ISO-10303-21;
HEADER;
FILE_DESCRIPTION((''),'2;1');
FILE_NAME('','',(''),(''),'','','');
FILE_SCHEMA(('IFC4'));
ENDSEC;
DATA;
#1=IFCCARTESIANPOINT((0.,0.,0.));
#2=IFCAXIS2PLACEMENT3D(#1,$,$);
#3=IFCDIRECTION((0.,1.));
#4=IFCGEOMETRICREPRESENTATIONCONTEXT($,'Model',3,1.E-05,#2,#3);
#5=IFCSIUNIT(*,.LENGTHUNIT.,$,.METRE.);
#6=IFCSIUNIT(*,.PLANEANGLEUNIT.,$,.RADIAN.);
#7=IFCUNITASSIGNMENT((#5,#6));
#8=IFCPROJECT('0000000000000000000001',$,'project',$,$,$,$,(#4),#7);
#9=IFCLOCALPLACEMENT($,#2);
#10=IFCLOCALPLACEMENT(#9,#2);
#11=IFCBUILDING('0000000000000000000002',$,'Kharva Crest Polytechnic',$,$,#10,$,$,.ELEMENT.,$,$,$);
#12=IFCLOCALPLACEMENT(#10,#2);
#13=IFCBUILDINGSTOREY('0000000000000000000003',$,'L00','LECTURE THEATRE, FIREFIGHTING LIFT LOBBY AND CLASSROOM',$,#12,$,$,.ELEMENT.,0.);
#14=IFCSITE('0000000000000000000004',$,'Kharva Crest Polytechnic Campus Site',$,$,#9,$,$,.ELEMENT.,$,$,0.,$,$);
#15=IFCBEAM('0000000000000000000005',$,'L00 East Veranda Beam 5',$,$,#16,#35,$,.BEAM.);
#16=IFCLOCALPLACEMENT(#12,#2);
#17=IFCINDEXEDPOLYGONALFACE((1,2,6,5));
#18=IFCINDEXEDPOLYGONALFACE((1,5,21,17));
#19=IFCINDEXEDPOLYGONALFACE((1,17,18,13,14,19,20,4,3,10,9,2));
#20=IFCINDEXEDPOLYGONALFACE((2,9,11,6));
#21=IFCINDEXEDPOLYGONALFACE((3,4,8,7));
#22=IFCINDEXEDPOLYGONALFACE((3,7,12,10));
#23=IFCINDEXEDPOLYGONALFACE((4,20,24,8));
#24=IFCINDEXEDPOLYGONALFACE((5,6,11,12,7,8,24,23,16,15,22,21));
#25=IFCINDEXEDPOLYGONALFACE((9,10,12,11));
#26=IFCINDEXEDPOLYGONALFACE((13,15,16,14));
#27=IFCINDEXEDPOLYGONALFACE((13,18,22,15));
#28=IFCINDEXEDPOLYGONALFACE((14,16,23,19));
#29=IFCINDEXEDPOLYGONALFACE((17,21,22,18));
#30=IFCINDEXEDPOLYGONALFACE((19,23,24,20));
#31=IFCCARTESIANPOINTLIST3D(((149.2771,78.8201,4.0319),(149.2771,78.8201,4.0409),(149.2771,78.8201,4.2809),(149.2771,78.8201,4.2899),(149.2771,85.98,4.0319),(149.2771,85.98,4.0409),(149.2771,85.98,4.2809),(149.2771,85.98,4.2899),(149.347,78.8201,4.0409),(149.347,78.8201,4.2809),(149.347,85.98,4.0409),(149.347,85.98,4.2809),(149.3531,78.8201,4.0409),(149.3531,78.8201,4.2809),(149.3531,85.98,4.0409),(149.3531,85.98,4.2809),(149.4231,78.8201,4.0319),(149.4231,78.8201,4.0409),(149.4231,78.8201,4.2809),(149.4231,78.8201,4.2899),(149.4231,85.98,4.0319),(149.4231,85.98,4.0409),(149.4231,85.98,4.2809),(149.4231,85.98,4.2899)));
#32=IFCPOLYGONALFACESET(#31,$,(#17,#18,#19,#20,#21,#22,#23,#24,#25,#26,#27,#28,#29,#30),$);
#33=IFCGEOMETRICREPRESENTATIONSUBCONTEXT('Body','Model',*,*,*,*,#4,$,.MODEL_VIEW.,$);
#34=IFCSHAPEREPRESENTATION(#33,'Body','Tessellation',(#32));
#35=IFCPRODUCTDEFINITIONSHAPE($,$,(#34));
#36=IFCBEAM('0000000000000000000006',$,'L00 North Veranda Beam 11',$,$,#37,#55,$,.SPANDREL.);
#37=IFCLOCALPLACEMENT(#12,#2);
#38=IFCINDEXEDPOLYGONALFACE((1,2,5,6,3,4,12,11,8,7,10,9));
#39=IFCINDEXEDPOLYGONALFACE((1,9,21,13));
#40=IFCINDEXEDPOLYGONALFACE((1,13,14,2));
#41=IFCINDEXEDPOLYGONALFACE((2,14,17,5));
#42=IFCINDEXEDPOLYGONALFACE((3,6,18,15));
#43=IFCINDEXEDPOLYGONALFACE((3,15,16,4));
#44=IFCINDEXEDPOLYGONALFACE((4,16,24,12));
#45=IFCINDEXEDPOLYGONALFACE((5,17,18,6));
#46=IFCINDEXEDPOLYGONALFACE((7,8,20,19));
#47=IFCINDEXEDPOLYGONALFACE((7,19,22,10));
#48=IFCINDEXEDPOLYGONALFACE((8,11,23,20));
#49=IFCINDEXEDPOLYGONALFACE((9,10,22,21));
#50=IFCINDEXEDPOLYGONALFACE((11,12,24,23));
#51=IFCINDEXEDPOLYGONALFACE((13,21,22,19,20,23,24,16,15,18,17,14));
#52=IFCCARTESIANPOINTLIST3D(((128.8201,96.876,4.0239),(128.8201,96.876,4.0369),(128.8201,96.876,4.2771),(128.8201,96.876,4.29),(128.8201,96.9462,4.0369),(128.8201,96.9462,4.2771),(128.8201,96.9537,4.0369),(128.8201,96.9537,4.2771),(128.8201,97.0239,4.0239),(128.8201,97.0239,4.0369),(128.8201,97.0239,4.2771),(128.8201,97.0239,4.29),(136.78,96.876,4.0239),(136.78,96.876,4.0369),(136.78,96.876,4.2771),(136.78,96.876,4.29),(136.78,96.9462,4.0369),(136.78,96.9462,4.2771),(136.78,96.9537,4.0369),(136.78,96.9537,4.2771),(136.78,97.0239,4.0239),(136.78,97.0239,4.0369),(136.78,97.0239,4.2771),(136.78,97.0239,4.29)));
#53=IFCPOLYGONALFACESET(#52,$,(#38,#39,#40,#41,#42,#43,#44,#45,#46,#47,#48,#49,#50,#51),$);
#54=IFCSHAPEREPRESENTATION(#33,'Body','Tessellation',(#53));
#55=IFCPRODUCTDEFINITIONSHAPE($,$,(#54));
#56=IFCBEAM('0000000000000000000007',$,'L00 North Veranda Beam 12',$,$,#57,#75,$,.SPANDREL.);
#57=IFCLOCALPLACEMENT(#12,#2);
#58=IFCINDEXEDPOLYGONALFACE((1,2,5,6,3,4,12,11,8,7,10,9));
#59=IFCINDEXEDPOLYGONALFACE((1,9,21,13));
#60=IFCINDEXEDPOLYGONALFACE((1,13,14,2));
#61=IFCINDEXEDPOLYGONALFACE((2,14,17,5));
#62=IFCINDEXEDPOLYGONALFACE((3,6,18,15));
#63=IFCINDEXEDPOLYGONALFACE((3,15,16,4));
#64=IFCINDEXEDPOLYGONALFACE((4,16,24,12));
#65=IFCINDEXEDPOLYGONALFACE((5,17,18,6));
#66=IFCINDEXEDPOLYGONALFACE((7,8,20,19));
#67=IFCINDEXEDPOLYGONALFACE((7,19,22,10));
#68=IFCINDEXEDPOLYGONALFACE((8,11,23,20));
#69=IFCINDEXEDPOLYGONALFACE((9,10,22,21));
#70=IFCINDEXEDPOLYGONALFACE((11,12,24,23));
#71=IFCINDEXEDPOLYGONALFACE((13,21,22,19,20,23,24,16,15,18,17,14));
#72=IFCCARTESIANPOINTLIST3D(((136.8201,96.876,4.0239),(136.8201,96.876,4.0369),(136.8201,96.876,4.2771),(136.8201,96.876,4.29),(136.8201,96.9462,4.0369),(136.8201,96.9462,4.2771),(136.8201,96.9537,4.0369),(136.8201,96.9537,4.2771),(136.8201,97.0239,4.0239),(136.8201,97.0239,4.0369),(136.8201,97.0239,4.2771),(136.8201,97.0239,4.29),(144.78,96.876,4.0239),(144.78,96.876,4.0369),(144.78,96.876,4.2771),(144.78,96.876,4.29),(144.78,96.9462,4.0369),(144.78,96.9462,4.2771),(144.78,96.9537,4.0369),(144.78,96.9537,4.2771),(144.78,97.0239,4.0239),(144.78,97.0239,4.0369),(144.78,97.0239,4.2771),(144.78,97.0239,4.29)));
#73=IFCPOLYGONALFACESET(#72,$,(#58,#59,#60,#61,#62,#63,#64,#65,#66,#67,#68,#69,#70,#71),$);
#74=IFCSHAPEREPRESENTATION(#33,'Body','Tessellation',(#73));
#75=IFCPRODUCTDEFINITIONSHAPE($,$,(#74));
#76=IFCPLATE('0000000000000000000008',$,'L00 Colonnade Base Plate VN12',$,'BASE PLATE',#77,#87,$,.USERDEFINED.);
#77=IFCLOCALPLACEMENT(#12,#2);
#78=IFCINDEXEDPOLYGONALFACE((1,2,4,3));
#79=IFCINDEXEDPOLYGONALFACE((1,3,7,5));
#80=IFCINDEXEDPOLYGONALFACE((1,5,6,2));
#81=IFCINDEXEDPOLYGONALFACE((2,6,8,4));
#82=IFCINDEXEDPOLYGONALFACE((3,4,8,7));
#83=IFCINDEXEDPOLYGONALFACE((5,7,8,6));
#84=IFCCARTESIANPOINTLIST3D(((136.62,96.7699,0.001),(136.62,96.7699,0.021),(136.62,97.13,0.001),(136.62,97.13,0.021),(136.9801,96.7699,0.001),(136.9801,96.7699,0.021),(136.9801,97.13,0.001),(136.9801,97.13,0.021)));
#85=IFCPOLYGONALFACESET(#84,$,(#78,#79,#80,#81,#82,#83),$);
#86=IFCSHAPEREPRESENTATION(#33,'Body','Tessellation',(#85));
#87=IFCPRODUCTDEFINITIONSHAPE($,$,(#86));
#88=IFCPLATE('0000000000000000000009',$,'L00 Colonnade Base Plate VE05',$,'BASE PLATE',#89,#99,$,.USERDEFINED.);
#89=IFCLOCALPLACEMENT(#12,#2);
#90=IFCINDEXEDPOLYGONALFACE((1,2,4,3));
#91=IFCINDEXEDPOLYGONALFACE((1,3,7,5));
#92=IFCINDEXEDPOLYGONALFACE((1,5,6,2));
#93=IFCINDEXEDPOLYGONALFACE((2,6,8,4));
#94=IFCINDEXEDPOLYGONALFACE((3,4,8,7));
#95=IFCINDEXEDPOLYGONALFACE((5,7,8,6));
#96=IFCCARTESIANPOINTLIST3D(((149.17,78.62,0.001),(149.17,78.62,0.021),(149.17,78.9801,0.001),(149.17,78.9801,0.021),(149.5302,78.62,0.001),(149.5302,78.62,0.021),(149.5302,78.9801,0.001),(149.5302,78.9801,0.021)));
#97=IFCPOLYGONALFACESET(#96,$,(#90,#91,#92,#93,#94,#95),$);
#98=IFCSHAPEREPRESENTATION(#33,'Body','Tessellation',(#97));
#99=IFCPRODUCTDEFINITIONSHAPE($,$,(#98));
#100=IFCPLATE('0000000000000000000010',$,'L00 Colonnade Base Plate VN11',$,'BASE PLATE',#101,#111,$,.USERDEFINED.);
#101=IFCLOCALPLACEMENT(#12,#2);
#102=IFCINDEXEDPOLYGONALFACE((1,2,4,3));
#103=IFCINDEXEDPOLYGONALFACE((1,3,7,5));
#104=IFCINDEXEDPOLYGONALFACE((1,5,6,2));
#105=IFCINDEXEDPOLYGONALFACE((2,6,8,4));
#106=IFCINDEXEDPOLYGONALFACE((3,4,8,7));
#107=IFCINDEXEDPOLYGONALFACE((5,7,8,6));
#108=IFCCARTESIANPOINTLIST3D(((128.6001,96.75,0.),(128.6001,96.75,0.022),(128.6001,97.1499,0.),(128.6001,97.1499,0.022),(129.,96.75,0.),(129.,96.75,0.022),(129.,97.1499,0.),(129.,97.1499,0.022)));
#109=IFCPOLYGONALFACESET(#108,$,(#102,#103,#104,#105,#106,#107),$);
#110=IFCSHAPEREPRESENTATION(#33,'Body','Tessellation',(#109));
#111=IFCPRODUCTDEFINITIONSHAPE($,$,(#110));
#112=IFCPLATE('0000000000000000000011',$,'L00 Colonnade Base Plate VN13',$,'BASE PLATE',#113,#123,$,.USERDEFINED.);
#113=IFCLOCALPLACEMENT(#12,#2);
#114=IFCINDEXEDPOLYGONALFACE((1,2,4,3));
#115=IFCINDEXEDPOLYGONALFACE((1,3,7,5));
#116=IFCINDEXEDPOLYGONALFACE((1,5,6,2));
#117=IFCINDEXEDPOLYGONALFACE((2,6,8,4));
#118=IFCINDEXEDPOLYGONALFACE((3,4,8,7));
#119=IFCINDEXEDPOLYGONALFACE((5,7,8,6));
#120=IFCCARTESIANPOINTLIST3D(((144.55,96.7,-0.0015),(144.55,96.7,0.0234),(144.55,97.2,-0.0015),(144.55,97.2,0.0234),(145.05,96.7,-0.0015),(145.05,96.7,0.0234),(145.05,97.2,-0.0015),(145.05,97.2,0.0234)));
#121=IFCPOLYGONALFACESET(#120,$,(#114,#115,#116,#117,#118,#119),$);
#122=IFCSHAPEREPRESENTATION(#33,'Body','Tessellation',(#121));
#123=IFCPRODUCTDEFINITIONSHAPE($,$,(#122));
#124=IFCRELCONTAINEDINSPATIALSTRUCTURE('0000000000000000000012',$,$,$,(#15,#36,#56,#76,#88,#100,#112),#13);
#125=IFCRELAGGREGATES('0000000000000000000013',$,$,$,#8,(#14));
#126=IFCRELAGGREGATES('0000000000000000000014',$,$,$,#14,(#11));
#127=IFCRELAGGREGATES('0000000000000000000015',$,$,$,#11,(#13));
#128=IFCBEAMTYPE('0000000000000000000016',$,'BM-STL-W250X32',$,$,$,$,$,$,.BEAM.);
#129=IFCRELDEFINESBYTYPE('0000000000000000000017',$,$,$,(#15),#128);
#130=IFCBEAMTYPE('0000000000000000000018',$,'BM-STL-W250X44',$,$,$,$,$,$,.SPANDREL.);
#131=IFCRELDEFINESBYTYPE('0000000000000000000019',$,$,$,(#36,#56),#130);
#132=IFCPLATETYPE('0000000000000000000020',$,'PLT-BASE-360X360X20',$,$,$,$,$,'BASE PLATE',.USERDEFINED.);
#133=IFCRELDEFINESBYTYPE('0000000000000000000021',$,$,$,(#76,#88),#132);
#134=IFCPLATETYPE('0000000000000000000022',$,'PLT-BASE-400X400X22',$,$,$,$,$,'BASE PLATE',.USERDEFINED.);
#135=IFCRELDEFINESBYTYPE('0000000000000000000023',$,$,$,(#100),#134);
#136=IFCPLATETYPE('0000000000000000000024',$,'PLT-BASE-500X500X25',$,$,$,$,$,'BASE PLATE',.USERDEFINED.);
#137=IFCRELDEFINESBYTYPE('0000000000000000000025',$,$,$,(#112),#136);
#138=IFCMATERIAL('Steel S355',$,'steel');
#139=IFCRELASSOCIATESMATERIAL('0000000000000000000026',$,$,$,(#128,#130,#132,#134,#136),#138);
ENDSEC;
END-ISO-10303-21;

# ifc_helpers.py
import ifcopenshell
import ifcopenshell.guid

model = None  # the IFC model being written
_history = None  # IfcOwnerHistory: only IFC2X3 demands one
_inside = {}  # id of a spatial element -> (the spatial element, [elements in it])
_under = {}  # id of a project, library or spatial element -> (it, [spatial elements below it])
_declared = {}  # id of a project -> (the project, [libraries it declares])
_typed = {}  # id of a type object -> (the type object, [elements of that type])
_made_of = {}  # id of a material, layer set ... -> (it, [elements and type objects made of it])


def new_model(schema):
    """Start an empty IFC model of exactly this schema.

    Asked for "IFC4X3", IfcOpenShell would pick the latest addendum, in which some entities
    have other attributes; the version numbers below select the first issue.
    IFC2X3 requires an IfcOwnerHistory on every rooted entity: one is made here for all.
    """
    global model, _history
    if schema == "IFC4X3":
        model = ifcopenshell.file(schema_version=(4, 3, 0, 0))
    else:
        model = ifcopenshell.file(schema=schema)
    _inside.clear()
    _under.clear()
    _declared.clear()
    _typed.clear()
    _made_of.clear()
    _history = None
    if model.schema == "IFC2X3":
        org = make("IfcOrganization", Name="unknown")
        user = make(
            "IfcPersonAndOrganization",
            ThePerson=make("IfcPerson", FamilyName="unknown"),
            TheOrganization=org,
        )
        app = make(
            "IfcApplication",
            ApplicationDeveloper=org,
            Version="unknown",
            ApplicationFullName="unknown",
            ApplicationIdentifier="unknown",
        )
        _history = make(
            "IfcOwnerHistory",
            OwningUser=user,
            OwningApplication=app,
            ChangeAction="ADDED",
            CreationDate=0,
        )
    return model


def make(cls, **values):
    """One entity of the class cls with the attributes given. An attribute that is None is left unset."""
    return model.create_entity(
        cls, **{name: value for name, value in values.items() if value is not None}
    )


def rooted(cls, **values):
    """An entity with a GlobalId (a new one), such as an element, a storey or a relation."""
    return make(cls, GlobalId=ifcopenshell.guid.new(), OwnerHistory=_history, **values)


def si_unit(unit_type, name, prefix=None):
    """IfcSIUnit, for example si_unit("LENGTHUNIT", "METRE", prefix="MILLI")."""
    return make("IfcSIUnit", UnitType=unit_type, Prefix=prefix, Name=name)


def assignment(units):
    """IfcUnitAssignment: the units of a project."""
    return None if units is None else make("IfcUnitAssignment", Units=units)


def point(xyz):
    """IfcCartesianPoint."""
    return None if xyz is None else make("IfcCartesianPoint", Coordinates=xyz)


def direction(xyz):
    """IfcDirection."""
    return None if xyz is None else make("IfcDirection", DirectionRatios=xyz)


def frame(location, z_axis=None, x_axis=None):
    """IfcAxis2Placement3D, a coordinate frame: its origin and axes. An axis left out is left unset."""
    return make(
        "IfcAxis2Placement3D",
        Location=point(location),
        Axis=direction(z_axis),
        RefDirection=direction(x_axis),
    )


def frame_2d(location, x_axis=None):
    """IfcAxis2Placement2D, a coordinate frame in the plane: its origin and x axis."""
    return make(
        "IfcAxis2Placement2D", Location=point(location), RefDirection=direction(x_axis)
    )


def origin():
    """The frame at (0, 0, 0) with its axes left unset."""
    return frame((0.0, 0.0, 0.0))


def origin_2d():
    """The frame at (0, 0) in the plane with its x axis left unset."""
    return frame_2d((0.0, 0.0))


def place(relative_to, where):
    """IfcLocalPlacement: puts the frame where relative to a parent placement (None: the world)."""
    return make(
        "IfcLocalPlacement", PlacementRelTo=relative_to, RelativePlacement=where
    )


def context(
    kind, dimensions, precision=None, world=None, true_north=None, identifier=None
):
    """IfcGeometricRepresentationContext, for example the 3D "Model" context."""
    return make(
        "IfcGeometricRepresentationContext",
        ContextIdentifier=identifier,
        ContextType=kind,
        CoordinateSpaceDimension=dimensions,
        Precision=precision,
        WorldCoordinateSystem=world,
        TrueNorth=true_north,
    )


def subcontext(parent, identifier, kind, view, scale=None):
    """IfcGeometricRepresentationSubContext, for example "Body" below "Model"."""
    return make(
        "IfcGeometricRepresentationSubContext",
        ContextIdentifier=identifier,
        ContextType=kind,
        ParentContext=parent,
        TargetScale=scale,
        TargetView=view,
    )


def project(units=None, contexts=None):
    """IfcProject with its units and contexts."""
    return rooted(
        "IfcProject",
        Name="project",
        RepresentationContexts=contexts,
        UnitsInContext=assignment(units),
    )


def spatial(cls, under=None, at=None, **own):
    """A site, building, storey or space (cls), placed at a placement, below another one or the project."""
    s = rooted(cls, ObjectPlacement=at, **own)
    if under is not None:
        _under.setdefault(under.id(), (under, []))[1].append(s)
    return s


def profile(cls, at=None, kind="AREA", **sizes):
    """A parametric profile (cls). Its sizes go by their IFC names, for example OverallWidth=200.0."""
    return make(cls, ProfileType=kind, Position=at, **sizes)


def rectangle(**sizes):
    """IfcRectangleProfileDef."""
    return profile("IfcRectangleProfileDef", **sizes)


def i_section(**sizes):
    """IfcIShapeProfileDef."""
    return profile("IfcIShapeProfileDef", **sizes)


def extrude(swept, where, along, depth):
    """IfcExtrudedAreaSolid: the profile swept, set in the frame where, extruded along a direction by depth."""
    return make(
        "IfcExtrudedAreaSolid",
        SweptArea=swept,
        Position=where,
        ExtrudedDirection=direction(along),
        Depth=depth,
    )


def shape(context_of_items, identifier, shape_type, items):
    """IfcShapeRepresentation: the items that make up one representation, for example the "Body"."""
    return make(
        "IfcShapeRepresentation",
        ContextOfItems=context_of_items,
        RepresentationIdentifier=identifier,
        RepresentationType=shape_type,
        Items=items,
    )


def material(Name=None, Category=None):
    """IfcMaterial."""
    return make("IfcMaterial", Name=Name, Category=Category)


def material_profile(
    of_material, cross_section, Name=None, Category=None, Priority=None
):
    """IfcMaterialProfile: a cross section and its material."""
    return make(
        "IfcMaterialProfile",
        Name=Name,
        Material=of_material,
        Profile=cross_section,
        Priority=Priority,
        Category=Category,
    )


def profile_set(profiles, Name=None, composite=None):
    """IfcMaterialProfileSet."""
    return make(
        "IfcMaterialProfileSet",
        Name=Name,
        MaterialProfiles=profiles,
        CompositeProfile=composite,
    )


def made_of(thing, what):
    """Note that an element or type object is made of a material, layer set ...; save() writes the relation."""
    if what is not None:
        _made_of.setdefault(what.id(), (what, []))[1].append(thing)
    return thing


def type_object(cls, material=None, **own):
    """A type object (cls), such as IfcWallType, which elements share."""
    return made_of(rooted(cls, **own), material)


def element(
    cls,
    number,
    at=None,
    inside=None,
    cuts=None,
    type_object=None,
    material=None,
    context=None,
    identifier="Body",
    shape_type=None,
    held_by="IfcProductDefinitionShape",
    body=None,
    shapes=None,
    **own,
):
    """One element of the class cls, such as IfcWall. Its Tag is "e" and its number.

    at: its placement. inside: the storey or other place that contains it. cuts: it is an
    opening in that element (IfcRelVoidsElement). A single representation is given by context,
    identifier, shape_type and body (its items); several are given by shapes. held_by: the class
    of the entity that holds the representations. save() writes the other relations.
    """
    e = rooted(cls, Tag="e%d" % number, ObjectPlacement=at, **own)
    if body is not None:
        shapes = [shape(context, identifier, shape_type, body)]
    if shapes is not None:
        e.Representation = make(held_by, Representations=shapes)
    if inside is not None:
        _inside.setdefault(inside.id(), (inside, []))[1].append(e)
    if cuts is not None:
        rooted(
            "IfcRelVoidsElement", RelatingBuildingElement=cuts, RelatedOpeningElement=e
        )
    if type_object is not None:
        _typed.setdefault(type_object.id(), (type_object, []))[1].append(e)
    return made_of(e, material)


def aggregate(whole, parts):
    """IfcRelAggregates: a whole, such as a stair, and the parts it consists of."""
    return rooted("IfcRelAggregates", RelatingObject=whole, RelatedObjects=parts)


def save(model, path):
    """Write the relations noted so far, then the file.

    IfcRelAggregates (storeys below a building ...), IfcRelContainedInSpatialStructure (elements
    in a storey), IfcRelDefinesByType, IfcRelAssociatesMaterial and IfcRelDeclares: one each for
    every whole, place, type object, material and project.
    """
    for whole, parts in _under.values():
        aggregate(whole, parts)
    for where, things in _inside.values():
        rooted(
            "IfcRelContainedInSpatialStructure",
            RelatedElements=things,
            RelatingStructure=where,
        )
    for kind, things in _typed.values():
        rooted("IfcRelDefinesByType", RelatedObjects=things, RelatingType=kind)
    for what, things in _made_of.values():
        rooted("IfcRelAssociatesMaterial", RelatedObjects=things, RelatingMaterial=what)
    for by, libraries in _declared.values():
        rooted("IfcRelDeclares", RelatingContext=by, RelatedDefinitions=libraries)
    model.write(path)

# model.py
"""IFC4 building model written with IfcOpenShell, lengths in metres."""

from ifc_helpers import new_model, si_unit, direction, frame, origin, origin_2d, place, context, subcontext, project, spatial, rectangle, i_section, extrude, material, material_profile, profile_set, type_object, element, save


model = new_model("IFC4")

# Units and contexts
model_context = context("Model", 3, precision=1e-05, world=origin(), true_north=direction((0.0, 1.0)))
body_context = subcontext(model_context, "Body", "Model", "MODEL_VIEW")
ifc_project = project(units=[si_unit("LENGTHUNIT", "METRE"), si_unit("PLANEANGLEUNIT", "RADIAN")], contexts=[model_context])

# Site, building, storey
site_placement = place(None, origin())
site = spatial("IfcSite", under=ifc_project, at=site_placement, Name="Kharva Crest Polytechnic Campus Site", CompositionType="ELEMENT", RefElevation=0.0)
building_placement = place(site_placement, origin())
building = spatial("IfcBuilding", under=site, at=building_placement, Name="Kharva Crest Polytechnic", CompositionType="ELEMENT")
storey_placement = place(building_placement, origin())
storey = spatial("IfcBuildingStorey", under=building, at=storey_placement, Name="L00", Description="LECTURE THEATRE, FIREFIGHTING LIFT LOBBY AND CLASSROOM", CompositionType="ELEMENT", Elevation=0.0)

# Shared definitions
ifc_material_1 = material(Name="Steel S355", Category="steel")

# Beams
ifc_material_profile_1 = material_profile(ifc_material_1, i_section(OverallWidth=0.146, OverallDepth=0.2581, WebThickness=0.0061, FlangeThickness=0.009, at=origin_2d()), Name="W250X32.7")
ifc_profile_set_1 = profile_set([ifc_material_profile_1], Name="Steel S355")
beam_type_1 = type_object("IfcBeamType", Name="BM-STL-W250X32", PredefinedType="BEAM", material=ifc_profile_set_1)
beam_placement = place(storey_placement, frame((149.3501, 78.8201, 4.1609), z_axis=(0.0, 1.0, 0.0), x_axis=(-1.0, 0.0, 0.0)))
element("IfcBeam", 1, at=beam_placement, inside=storey, type_object=beam_type_1, Name="L00 East Veranda Beam 5", PredefinedType="BEAM", context=body_context, shape_type="SweptSolid", body=[
    extrude(i_section(OverallWidth=0.146, OverallDepth=0.2581, WebThickness=0.0061, FlangeThickness=0.009, at=origin_2d()), origin(), (0.0, 0.0, 1.0), 7.1599),
])
ifc_material_profile_2 = material_profile(ifc_material_1, i_section(OverallWidth=0.1479, OverallDepth=0.2661, WebThickness=0.0076, FlangeThickness=0.0129, at=origin_2d()), Name="W250X44.8")
ifc_profile_set_2 = profile_set([ifc_material_profile_2], Name="Steel S355")
beam_type_2 = type_object("IfcBeamType", Name="BM-STL-W250X44", PredefinedType="SPANDREL", material=ifc_profile_set_2)
for number, where, z_axis, x_axis, name in (
    (2, (128.8201, 96.95, 4.157), (1.0, 0.0, 0.0), (0.0, 1.0, 0.0), "L00 North Veranda Beam 11"),
    (3, (136.8201, 96.95, 4.157), (1.0, 0.0, 0.0), (0.0, 1.0, 0.0), "L00 North Veranda Beam 12"),
):
    element("IfcBeam", number, at=place(storey_placement, frame(where, z_axis=z_axis, x_axis=x_axis)), inside=storey, type_object=beam_type_2, Name=name, PredefinedType="SPANDREL", context=body_context, shape_type="SweptSolid", body=[
        extrude(i_section(OverallWidth=0.1479, OverallDepth=0.2661, WebThickness=0.0076, FlangeThickness=0.0129, at=origin_2d()), origin(), (0.0, 0.0, 1.0), 7.96),
    ])

# Plates
plate_type_1 = type_object("IfcPlateType", Name="PLT-BASE-360X360X20", ElementType="BASE PLATE", PredefinedType="USERDEFINED", material=ifc_material_1)
for number, where, z_axis, x_axis, name in (
    (4, (136.8, 96.95, 0.001), (0.0, 0.0, 1.0), (1.0, 0.0, 0.0), "L00 Colonnade Base Plate VN12"),
    (5, (149.3501, 78.8, 0.001), (0.0, 0.0, 1.0), (1.0, 0.0, 0.0), "L00 Colonnade Base Plate VE05"),
):
    element("IfcPlate", number, at=place(storey_placement, frame(where, z_axis=z_axis, x_axis=x_axis)), inside=storey, type_object=plate_type_1, Name=name, ObjectType="BASE PLATE", PredefinedType="USERDEFINED", context=body_context, shape_type="SweptSolid", body=[
        extrude(rectangle(XDim=0.3601, YDim=0.3601, at=origin_2d()), origin(), (0.0, 0.0, 1.0), 0.02),
    ])
plate_type_2 = type_object("IfcPlateType", Name="PLT-BASE-400X400X22", ElementType="BASE PLATE", PredefinedType="USERDEFINED", material=ifc_material_1)
plate_1_placement = place(storey_placement, frame((128.8, 96.95, 0.0), z_axis=(0.0, 0.0, 1.0), x_axis=(1.0, 0.0, 0.0)))
element("IfcPlate", 6, at=plate_1_placement, inside=storey, type_object=plate_type_2, Name="L00 Colonnade Base Plate VN11", ObjectType="BASE PLATE", PredefinedType="USERDEFINED", context=body_context, shape_type="SweptSolid", body=[
    extrude(rectangle(XDim=0.3999, YDim=0.3999, at=origin_2d()), origin(), (0.0, 0.0, 1.0), 0.022),
])
plate_type_3 = type_object("IfcPlateType", Name="PLT-BASE-500X500X25", ElementType="BASE PLATE", PredefinedType="USERDEFINED", material=ifc_material_1)
plate_2_placement = place(storey_placement, frame((144.8, 96.95, -0.0015), z_axis=(0.0, 0.0, 1.0), x_axis=(1.0, 0.0, 0.0)))
element("IfcPlate", 7, at=plate_2_placement, inside=storey, type_object=plate_type_3, Name="L00 Colonnade Base Plate VN13", ObjectType="BASE PLATE", PredefinedType="USERDEFINED", context=body_context, shape_type="SweptSolid", body=[
    extrude(rectangle(XDim=0.5, YDim=0.5, at=origin_2d()), origin(), (0.0, 0.0, 1.0), 0.0249),
])

save(model, "model.ifc")
